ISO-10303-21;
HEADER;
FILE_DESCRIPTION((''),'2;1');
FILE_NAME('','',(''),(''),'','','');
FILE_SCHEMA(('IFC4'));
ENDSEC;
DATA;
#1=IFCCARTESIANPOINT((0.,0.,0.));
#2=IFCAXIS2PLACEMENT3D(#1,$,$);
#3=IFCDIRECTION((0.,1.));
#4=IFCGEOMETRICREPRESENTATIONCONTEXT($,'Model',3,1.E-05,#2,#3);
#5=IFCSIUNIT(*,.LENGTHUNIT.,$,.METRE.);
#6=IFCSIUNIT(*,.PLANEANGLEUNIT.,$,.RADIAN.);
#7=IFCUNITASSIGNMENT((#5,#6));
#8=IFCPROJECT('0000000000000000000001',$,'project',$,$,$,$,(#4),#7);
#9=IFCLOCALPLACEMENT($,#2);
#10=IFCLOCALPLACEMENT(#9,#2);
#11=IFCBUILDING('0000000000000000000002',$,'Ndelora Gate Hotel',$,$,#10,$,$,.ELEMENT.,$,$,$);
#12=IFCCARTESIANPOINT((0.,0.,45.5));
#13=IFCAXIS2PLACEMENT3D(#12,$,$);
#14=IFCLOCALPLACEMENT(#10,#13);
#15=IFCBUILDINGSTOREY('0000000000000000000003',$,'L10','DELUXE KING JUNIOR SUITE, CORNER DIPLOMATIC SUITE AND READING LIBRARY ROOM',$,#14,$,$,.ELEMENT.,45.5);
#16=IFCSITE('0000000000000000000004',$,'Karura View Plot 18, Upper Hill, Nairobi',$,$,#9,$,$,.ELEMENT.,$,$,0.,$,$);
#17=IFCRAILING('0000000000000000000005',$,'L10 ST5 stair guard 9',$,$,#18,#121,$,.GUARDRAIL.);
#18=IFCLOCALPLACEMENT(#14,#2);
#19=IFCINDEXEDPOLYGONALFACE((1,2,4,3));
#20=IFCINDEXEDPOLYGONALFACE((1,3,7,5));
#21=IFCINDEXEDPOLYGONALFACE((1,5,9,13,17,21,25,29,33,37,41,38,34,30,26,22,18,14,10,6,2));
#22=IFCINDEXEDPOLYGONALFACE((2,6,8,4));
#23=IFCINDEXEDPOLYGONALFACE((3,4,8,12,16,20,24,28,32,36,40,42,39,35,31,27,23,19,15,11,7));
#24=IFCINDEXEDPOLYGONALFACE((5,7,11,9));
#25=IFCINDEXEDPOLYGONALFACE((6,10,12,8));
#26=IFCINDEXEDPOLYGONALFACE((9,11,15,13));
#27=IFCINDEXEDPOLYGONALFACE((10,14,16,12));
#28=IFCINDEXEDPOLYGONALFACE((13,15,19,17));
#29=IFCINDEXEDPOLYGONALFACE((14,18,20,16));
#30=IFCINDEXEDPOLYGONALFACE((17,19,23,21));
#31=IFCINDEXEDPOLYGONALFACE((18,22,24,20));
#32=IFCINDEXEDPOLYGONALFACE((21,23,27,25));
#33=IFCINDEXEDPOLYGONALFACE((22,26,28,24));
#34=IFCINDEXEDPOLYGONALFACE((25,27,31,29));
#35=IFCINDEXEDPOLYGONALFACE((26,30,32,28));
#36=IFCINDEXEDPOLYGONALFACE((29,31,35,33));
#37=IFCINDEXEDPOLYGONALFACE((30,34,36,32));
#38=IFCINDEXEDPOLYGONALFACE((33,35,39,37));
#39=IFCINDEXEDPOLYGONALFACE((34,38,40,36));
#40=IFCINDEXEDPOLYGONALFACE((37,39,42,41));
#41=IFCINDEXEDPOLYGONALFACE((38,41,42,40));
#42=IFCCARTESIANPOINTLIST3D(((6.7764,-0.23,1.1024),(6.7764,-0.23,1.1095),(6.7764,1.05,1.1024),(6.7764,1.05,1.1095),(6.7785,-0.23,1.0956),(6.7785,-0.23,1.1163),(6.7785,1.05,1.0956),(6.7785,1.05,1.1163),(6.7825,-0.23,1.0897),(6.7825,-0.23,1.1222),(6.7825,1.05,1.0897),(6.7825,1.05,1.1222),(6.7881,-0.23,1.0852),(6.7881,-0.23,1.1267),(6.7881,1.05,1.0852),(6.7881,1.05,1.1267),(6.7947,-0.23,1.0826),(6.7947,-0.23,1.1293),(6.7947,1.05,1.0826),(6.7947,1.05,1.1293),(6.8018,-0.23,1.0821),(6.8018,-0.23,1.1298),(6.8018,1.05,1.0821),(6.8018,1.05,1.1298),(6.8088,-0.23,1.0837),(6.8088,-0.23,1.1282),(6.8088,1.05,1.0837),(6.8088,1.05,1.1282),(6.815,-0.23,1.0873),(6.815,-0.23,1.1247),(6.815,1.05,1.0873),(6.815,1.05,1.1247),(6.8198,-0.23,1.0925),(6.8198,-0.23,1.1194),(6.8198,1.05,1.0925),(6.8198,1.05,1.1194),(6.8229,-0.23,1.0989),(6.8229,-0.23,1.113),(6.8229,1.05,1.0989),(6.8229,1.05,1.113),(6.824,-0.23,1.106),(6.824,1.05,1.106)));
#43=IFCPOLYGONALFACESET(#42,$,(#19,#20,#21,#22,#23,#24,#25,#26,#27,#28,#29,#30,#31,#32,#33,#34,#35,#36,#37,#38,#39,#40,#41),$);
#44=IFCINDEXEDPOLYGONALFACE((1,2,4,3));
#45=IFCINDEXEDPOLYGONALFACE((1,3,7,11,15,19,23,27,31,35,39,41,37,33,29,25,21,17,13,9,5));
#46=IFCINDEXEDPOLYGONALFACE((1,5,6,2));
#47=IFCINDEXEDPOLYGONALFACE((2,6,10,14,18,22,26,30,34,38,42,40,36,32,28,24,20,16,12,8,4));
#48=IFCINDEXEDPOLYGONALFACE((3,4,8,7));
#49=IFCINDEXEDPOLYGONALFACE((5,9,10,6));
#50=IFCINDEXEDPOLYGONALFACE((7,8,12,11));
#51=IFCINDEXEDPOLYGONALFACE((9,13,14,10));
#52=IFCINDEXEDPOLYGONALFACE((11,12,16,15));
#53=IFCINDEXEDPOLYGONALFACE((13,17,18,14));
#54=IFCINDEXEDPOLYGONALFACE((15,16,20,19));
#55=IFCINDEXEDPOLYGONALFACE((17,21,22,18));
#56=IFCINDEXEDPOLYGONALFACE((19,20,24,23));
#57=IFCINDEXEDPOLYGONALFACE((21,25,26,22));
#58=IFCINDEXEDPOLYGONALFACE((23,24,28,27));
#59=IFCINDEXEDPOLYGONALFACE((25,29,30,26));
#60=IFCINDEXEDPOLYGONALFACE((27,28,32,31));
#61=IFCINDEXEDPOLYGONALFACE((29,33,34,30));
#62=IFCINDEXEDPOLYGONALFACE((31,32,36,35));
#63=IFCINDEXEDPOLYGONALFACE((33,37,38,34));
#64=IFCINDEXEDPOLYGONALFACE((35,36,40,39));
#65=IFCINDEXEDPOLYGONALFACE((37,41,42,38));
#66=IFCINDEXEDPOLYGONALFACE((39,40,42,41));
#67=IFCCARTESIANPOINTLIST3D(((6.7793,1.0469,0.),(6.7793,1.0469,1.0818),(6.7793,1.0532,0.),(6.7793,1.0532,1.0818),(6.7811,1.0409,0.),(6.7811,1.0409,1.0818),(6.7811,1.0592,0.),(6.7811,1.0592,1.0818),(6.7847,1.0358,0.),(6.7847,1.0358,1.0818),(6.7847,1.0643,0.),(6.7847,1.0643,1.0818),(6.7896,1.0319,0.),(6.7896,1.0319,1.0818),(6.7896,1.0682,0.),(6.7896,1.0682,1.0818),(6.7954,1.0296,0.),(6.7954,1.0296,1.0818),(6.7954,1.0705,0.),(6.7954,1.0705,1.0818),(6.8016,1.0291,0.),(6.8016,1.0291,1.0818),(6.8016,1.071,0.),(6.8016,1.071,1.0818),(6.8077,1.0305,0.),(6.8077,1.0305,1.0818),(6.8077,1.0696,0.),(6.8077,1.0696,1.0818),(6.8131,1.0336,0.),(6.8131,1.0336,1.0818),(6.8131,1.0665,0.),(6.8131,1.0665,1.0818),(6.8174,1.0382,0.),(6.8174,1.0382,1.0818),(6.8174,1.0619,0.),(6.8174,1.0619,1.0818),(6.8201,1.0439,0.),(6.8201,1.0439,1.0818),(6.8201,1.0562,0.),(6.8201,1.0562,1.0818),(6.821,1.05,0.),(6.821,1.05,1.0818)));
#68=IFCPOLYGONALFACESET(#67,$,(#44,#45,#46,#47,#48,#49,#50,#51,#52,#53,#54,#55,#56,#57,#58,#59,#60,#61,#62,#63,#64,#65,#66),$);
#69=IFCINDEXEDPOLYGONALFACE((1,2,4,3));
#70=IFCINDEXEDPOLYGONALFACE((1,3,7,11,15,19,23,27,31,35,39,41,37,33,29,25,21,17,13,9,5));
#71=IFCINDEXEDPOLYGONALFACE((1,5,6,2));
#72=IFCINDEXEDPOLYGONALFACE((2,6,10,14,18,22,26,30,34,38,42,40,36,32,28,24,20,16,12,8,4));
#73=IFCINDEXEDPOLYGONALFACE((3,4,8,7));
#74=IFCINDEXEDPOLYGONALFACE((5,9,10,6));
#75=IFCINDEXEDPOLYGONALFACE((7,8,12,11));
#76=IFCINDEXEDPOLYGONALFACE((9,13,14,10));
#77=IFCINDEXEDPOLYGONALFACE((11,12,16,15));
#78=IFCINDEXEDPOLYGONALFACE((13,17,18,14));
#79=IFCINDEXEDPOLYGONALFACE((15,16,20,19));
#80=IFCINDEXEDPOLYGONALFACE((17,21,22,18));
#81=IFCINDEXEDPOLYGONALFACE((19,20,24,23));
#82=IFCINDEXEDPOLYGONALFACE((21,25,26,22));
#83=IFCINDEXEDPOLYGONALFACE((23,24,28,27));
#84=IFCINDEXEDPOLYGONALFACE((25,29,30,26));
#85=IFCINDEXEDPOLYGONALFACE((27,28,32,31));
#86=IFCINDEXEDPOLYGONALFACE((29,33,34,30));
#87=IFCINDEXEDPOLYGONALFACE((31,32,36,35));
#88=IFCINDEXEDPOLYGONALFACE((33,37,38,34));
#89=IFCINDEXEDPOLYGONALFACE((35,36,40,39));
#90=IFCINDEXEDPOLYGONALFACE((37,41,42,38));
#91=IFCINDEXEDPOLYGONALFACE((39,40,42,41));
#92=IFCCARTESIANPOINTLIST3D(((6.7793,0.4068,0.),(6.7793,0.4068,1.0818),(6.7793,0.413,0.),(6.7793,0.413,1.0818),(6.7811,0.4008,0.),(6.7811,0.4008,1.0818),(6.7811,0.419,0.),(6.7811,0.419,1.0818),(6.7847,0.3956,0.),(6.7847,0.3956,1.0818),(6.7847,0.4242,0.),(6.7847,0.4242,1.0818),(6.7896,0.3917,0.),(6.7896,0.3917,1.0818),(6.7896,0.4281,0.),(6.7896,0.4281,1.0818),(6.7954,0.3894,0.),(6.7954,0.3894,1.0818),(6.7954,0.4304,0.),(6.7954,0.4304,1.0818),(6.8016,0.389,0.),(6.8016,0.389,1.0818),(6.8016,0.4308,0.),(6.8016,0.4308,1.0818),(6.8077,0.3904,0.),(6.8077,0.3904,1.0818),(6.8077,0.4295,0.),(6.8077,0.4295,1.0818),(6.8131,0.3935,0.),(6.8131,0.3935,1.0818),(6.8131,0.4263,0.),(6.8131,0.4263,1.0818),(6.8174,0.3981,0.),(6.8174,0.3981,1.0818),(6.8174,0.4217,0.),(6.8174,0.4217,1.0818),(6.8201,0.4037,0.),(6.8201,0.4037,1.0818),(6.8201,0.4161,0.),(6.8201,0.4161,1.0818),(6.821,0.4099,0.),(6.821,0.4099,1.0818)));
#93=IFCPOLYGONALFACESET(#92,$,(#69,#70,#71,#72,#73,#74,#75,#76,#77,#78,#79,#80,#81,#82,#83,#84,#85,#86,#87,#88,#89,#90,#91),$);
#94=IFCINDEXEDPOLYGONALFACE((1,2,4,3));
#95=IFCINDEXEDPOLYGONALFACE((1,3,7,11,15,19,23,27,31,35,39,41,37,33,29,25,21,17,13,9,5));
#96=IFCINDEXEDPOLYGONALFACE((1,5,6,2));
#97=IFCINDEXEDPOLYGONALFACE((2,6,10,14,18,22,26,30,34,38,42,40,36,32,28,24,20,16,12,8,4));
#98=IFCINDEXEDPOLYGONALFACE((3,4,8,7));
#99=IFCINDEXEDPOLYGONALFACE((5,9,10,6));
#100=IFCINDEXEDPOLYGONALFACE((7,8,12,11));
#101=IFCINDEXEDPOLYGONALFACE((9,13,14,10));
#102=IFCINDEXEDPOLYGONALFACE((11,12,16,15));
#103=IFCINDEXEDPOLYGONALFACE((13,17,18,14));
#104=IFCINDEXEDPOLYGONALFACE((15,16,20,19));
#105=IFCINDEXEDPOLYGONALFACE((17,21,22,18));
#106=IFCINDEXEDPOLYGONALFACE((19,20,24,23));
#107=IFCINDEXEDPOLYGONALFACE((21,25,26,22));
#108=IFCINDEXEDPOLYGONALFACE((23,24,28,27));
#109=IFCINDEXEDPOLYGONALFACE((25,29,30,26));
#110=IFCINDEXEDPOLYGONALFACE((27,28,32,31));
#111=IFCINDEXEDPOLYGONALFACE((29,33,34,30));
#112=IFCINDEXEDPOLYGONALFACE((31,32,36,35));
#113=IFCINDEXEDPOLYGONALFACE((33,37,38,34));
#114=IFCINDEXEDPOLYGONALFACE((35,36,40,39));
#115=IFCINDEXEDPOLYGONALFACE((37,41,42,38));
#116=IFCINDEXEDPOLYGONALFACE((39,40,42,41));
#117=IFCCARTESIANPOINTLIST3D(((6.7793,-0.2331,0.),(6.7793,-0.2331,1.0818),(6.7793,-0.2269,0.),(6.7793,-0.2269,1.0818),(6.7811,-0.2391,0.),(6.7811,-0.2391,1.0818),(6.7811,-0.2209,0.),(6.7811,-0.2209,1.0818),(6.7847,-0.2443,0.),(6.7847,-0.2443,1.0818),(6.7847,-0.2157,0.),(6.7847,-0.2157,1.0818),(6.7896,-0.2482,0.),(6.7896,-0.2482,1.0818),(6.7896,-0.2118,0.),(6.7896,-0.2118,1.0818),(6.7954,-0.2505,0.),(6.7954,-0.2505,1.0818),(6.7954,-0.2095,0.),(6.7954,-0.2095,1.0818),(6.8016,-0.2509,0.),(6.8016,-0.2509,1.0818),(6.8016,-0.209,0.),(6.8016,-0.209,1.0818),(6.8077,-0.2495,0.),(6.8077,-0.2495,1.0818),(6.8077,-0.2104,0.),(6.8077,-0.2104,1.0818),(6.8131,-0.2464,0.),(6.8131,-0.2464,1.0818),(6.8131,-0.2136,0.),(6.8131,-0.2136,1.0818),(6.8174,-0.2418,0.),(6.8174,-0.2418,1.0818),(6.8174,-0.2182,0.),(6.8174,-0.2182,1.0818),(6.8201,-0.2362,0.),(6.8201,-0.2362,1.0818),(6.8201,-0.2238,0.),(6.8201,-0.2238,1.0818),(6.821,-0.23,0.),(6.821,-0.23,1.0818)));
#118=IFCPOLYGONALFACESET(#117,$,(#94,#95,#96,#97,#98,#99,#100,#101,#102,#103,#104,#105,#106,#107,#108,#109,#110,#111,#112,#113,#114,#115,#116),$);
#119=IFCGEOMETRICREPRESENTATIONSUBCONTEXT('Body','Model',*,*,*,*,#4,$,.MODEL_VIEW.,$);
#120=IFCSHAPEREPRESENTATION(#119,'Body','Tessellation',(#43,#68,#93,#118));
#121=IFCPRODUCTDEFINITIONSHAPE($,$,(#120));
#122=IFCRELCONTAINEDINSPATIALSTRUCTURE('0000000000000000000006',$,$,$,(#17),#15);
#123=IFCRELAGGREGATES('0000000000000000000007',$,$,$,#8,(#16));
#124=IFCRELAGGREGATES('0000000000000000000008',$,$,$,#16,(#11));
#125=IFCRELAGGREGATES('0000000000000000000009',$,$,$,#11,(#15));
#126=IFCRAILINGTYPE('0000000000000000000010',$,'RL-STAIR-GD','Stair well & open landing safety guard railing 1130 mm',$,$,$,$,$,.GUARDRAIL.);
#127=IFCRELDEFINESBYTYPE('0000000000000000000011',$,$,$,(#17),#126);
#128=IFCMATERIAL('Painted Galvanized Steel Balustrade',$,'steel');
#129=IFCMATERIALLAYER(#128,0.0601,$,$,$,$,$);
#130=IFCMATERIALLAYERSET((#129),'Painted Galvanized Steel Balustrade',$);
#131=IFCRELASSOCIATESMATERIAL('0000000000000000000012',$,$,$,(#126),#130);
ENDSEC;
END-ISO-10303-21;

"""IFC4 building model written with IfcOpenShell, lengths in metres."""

from ifc_helpers import new_model, si_unit, direction, frame, origin, origin_2d, place, context, subcontext, project, spatial, circle, extrude, material, layer, layer_set, type_object, element, save


model = new_model("IFC4")

# Units and contexts
model_context = context("Model", 3, precision=1e-05, world=origin(), true_north=direction((0.0, 1.0)))
body_context = subcontext(model_context, "Body", "Model", "MODEL_VIEW")
ifc_project = project(units=[si_unit("LENGTHUNIT", "METRE"), si_unit("PLANEANGLEUNIT", "RADIAN")], contexts=[model_context])

# Site, building, storey
site_placement = place(None, origin())
site = spatial("IfcSite", under=ifc_project, at=site_placement, Name="Karura View Plot 18, Upper Hill, Nairobi", CompositionType="ELEMENT", RefElevation=0.0)
building_placement = place(site_placement, origin())
building = spatial("IfcBuilding", under=site, at=building_placement, Name="Ndelora Gate Hotel", CompositionType="ELEMENT")
storey_placement = place(building_placement, frame((0.0, 0.0, 45.5)))
storey = spatial("IfcBuildingStorey", under=building, at=storey_placement, Name="L10", Description="DELUXE KING JUNIOR SUITE, CORNER DIPLOMATIC SUITE AND READING LIBRARY ROOM", CompositionType="ELEMENT", Elevation=45.5)

# Railing
ifc_material_1 = material(Name="Painted Galvanized Steel Balustrade", Category="steel")
ifc_layer_1 = layer(ifc_material_1, 0.0601)
ifc_layer_set_1 = layer_set([ifc_layer_1], Name="Painted Galvanized Steel Balustrade")
railing_type_1 = type_object("IfcRailingType", Name="RL-STAIR-GD", Description="Stair well & open landing safety guard railing 1130 mm", PredefinedType="GUARDRAIL", material=ifc_layer_set_1)
railing_1_placement = place(storey_placement, frame((6.8, 1.05, 0.0)))
element("IfcRailing", 1, at=railing_1_placement, inside=storey, type_object=railing_type_1, Name="L10 ST5 stair guard 9", PredefinedType="GUARDRAIL", context=body_context, shape_type="SweptSolid", body=[
    extrude(circle(Radius=0.0239, at=origin_2d()), frame((0.0, 0.0, 1.106), z_axis=(0.0, -1.0, 0.0), x_axis=(1.0, 0.0, 0.0)), (0.0, 0.0, 1.0), 1.28),
    extrude(circle(Radius=0.021, at=origin_2d()), origin(), (0.0, 0.0, 1.0), 1.0818),
    extrude(circle(Radius=0.021, at=origin_2d()), frame((0.0, -0.6401, 0.0)), (0.0, 0.0, 1.0), 1.0818),
    extrude(circle(Radius=0.021, at=origin_2d()), frame((0.0, -1.28, 0.0)), (0.0, 0.0, 1.0), 1.0818),
])

save(model, "model.ifc")
